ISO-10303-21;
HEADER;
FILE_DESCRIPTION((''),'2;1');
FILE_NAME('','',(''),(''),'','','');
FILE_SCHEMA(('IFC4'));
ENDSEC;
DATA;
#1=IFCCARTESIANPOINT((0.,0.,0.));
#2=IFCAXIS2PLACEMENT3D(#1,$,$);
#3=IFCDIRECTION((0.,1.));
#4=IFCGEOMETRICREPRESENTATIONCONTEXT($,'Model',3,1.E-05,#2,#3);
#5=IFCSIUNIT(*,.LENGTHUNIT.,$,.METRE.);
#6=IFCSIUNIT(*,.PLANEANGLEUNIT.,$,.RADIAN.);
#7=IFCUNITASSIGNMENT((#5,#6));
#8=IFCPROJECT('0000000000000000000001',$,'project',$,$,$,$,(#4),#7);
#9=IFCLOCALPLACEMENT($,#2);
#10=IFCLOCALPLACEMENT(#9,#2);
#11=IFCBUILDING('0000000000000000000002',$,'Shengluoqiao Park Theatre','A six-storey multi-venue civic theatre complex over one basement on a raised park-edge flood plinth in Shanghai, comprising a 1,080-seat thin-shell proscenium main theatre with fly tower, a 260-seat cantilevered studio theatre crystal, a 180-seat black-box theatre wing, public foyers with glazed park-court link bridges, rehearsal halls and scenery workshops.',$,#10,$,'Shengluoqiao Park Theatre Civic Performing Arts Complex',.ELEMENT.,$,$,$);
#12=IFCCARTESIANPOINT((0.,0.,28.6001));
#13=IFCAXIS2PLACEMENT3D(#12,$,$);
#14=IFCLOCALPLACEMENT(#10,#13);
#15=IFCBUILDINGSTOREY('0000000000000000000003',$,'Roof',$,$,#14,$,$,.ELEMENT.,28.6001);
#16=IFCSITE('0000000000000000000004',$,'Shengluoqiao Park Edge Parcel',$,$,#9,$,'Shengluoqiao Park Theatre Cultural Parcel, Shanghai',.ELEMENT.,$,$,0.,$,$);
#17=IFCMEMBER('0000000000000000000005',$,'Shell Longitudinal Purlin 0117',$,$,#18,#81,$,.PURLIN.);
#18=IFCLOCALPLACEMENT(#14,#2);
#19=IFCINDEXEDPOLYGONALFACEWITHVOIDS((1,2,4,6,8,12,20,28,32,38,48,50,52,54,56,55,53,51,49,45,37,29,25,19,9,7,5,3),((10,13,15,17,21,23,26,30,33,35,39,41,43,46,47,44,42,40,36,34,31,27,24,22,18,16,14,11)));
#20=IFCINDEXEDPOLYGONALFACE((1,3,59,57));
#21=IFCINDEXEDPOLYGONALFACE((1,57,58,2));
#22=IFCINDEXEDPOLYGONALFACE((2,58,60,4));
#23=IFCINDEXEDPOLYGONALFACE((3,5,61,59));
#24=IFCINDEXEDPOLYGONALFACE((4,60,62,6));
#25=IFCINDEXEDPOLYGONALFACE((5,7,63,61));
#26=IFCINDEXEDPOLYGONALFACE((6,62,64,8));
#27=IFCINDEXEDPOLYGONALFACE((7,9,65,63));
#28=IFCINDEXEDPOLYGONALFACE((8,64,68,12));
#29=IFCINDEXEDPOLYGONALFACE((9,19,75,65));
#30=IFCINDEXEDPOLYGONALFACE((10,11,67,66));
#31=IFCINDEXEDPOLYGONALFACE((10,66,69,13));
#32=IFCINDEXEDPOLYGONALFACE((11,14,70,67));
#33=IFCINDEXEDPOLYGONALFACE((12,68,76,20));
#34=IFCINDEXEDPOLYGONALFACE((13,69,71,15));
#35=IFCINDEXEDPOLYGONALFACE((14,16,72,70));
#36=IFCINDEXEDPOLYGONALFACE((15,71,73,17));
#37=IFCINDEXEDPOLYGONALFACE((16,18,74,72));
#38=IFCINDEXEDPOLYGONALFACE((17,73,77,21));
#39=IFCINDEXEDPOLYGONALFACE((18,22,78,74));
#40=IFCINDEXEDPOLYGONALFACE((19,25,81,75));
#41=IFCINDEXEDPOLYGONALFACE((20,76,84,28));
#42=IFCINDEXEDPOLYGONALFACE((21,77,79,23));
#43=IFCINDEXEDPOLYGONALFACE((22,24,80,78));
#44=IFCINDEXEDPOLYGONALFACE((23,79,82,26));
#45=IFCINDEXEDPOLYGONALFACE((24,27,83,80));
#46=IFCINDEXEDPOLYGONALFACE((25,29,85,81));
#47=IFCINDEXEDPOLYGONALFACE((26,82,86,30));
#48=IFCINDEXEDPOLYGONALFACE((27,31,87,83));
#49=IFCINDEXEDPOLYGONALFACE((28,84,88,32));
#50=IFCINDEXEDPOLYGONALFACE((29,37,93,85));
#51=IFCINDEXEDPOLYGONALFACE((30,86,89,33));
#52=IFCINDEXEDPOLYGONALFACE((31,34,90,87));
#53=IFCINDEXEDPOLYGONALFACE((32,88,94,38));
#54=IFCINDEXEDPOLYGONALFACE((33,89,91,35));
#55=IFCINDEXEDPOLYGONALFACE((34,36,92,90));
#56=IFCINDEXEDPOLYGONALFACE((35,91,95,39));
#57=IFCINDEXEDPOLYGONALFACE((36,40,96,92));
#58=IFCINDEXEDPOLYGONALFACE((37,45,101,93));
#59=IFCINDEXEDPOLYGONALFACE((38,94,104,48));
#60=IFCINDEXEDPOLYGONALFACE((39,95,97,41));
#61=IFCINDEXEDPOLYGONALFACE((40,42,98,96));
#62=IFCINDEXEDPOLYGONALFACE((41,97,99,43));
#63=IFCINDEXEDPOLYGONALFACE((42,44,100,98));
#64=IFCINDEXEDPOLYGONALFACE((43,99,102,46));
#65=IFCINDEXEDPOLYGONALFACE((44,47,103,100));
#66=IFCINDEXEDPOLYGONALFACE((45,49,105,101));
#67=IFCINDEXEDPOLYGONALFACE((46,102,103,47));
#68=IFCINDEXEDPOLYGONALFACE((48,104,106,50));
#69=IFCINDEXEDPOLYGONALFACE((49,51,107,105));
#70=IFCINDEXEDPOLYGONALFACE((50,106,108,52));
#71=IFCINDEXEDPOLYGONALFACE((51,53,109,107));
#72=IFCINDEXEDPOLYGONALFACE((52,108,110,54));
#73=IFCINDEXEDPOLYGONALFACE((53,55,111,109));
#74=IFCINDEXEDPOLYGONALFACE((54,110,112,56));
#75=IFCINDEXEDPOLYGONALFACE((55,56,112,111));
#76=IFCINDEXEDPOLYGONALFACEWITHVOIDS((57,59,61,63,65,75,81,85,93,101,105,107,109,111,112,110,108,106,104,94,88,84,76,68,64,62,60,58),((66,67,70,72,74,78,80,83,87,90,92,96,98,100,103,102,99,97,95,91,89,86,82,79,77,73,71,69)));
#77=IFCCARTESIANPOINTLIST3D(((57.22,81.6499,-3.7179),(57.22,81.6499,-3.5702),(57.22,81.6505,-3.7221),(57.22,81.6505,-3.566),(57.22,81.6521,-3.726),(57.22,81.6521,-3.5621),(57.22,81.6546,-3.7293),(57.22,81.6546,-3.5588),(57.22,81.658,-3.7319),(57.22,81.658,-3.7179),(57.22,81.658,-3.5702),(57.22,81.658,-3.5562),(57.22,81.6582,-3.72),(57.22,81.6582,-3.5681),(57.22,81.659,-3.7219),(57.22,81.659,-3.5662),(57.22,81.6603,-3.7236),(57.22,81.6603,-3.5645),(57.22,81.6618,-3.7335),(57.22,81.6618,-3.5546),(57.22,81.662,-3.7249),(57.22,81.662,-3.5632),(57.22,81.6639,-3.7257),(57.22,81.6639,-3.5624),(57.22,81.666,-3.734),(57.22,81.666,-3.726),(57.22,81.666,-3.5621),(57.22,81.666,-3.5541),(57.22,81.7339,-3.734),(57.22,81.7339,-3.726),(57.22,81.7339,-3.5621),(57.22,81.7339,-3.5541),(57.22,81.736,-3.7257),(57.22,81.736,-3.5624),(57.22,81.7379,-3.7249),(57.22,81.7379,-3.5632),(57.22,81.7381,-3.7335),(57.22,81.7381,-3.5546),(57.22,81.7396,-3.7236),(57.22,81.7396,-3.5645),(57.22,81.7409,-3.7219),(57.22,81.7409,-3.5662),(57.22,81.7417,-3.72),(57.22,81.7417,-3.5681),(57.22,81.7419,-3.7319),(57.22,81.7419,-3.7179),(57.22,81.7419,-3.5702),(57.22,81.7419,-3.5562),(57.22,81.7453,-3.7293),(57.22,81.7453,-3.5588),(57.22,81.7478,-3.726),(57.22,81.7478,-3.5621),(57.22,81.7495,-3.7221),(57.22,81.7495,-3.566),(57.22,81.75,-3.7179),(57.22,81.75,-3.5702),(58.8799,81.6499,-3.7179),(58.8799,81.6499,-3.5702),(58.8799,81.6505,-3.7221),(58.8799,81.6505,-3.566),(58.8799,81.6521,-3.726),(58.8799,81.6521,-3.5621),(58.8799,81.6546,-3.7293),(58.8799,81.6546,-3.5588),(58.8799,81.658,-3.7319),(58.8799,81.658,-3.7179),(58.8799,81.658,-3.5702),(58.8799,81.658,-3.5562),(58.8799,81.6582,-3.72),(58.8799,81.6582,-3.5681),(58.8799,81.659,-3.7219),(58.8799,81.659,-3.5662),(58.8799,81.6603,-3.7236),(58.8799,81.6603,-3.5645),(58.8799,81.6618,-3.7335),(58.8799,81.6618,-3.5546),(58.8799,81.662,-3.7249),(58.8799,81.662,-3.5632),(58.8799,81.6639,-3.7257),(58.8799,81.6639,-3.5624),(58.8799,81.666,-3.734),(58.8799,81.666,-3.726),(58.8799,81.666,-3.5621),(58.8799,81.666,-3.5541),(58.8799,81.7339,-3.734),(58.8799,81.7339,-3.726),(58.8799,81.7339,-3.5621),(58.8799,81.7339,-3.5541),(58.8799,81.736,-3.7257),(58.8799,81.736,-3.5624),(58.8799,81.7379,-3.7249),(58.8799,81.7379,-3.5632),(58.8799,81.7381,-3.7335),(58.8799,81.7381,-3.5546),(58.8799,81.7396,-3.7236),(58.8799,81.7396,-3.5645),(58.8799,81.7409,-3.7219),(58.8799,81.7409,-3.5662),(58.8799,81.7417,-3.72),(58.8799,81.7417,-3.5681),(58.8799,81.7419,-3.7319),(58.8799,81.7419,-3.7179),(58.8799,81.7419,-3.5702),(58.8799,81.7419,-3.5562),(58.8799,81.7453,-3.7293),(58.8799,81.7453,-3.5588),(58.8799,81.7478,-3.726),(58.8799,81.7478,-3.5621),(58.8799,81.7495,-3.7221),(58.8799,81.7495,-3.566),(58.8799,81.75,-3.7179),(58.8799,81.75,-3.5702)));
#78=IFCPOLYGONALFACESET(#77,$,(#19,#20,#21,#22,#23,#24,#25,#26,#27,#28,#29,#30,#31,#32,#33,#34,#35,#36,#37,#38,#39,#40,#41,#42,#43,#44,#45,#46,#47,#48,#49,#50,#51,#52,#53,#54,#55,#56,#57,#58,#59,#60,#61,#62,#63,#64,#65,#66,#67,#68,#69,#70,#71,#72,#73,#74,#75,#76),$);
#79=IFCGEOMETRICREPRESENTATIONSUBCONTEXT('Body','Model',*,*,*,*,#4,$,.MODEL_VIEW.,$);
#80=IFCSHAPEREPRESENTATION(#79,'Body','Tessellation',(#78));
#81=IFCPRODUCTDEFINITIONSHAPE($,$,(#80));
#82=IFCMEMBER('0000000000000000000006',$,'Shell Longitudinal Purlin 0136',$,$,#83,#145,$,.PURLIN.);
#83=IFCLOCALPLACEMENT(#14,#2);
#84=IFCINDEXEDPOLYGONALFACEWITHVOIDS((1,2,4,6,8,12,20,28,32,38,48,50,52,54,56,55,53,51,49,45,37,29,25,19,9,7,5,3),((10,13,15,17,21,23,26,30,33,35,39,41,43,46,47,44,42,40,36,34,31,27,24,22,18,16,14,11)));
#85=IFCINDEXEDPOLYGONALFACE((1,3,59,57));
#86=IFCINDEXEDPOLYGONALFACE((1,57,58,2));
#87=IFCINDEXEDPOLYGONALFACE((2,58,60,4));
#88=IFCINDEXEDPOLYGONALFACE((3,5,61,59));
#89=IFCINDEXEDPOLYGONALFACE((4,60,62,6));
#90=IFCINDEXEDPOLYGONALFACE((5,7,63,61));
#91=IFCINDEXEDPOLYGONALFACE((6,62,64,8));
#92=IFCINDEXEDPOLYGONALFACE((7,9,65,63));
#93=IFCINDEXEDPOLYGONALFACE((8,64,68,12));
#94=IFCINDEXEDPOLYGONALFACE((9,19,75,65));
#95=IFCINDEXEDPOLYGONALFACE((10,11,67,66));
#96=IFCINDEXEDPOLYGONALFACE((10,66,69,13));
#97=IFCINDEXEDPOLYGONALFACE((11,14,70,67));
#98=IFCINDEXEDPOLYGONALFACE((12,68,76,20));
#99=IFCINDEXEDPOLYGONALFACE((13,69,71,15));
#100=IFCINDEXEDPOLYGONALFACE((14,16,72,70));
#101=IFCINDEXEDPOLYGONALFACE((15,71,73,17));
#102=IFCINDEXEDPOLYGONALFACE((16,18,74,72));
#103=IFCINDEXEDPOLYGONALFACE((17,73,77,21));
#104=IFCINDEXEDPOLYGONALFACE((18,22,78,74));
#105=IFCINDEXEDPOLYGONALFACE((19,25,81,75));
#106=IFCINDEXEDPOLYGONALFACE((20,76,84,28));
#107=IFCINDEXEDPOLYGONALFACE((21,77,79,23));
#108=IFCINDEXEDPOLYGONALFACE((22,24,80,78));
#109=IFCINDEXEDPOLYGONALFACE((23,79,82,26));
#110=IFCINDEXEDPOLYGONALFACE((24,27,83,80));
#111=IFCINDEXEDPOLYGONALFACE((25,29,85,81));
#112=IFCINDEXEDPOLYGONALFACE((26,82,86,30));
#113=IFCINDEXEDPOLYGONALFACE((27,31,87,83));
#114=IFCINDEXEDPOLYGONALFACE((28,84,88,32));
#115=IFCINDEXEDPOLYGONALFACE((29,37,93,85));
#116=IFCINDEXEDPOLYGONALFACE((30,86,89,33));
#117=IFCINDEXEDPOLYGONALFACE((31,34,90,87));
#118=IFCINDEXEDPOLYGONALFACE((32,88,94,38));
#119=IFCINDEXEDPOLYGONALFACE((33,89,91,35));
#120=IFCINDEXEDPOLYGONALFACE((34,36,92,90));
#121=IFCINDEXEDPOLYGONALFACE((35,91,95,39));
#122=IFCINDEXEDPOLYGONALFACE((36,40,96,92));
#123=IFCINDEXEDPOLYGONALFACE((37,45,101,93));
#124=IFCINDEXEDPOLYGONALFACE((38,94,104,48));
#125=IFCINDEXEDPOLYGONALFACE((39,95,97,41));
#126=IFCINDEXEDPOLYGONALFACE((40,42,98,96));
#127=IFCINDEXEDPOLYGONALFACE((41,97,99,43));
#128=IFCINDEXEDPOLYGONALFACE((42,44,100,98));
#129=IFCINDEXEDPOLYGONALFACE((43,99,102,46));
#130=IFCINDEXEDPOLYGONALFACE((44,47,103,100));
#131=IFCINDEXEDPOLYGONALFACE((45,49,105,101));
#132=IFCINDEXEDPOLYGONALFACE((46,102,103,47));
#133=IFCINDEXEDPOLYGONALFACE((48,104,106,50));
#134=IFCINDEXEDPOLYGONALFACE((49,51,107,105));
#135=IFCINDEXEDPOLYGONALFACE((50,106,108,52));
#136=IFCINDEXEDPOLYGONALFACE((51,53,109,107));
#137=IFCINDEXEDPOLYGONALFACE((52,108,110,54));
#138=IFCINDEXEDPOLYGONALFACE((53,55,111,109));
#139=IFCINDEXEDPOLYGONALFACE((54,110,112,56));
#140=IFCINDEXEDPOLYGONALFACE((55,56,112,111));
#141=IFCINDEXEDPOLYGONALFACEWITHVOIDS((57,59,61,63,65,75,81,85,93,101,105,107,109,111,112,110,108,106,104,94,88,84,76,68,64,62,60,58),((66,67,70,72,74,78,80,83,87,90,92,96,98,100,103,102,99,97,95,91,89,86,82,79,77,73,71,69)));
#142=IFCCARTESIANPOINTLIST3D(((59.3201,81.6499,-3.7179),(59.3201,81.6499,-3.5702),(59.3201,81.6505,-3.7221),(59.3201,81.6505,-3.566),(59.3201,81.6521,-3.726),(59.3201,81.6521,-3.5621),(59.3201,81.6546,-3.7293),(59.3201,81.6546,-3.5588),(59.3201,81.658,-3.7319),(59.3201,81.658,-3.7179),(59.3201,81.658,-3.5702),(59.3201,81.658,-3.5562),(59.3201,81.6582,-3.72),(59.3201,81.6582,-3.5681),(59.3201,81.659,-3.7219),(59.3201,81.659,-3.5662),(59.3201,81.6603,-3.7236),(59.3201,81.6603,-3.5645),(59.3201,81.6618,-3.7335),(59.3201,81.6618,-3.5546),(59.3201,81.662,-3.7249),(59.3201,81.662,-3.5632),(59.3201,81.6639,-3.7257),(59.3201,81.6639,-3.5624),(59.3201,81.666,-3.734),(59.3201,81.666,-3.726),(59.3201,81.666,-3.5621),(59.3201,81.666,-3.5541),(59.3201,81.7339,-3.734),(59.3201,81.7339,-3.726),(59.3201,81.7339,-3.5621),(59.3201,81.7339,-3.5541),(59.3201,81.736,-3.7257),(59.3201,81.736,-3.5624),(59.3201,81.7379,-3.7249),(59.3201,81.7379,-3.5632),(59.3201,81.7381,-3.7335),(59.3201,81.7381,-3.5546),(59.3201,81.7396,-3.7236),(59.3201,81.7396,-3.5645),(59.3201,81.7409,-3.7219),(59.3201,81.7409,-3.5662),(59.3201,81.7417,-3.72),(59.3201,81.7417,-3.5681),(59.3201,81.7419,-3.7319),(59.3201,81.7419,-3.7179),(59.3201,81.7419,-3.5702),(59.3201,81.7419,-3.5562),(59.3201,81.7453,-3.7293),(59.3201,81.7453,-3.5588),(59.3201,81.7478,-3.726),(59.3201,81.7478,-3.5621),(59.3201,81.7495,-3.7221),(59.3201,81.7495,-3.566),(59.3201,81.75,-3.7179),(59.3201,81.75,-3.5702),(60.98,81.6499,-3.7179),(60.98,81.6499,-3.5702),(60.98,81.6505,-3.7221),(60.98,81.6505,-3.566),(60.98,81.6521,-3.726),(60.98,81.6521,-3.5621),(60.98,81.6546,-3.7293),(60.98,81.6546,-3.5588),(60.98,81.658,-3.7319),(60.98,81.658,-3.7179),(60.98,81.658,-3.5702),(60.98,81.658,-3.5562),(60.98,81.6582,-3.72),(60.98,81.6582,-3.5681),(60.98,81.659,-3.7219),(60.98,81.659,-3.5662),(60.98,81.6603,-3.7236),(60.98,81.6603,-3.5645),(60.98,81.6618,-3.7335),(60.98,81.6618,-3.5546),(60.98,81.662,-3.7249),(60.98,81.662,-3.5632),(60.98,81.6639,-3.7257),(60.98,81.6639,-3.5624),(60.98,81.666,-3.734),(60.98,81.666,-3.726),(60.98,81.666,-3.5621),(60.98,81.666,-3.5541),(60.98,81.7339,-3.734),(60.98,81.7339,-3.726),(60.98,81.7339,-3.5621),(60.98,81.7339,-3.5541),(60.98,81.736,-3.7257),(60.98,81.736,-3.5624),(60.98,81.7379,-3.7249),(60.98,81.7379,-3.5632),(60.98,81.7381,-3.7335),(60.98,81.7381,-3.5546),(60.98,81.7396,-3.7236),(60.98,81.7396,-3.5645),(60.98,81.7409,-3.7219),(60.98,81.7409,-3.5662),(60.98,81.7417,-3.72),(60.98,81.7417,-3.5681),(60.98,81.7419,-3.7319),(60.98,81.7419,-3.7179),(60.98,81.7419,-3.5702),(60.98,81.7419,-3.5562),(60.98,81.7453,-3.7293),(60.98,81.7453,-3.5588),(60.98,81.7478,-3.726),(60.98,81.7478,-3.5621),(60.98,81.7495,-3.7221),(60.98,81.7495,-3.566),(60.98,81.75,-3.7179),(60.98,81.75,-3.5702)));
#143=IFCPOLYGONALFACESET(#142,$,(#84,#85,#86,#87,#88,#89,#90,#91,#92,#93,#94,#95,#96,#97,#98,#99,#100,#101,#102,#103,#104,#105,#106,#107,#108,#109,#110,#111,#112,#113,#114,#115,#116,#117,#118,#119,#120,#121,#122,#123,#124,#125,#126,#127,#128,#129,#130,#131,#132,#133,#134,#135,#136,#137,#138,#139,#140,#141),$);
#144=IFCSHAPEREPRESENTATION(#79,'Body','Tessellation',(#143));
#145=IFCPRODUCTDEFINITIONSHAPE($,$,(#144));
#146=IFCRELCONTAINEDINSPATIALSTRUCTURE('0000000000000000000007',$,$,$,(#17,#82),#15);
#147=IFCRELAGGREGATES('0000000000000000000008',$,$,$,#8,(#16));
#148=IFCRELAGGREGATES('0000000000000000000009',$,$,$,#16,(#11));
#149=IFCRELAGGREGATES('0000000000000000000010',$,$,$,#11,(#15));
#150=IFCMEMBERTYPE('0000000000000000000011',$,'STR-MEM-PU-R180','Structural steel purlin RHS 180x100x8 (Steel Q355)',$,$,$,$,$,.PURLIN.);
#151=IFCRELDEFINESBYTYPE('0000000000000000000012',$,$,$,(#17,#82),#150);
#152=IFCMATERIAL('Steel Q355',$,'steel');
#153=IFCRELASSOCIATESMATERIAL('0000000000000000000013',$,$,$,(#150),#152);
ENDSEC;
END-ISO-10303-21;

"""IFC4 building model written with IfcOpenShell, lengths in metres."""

from ifc_helpers import new_model, si_unit, direction, frame, origin, origin_2d, place, context, subcontext, project, spatial, hollow_rectangle, extrude, material, material_profile, profile_set, type_object, element, save


model = new_model("IFC4")

# Units and contexts
model_context = context("Model", 3, precision=1e-05, world=origin(), true_north=direction((0.0, 1.0)))
body_context = subcontext(model_context, "Body", "Model", "MODEL_VIEW")
ifc_project = project(units=[si_unit("LENGTHUNIT", "METRE"), si_unit("PLANEANGLEUNIT", "RADIAN")], contexts=[model_context])

# Site, building, storey
site_placement = place(None, origin())
site = spatial("IfcSite", under=ifc_project, at=site_placement, Name="Shengluoqiao Park Edge Parcel", LongName="Shengluoqiao Park Theatre Cultural Parcel, Shanghai", CompositionType="ELEMENT", RefElevation=0.0)
building_placement = place(site_placement, origin())
building = spatial("IfcBuilding", under=site, at=building_placement, Name="Shengluoqiao Park Theatre", Description="A six-storey multi-venue civic theatre complex over one basement on a raised park-edge flood plinth in Shanghai, comprising a 1,080-seat thin-shell proscenium main theatre with fly tower, a 260-seat cantilevered studio theatre crystal, a 180-seat black-box theatre wing, public foyers with glazed park-court link bridges, rehearsal halls and scenery workshops.", LongName="Shengluoqiao Park Theatre Civic Performing Arts Complex", CompositionType="ELEMENT")
storey_placement = place(building_placement, frame((0.0, 0.0, 28.6001)))
storey = spatial("IfcBuildingStorey", under=building, at=storey_placement, Name="Roof", CompositionType="ELEMENT", Elevation=28.6001)

# Shared definitions
ifc_material_1 = material(Name="Steel Q355", Category="steel")

# Members
ifc_material_profile_1 = material_profile(ifc_material_1, hollow_rectangle(XDim=0.1001, YDim=0.1799, WallThickness=0.0081, InnerFilletRadius=0.0081, OuterFilletRadius=0.0161, at=origin_2d()), Name="RHS 180x100x8")
ifc_profile_set_1 = profile_set([ifc_material_profile_1], Name="Steel Q355")
member_type_1 = type_object("IfcMemberType", Name="STR-MEM-PU-R180", Description="Structural steel purlin RHS 180x100x8 (Steel Q355)", PredefinedType="PURLIN", material=ifc_profile_set_1)
for number, where, z_axis, x_axis, name in (
    (1, (57.22, 81.7, -3.644), (1.0, 0.0, 0.0), (0.0, 1.0, 0.0), "Shell Longitudinal Purlin 0117"),
    (2, (59.3201, 81.7, -3.644), (1.0, 0.0, 0.0), (0.0, 1.0, 0.0), "Shell Longitudinal Purlin 0136"),
):
    element("IfcMember", number, at=place(storey_placement, frame(where, z_axis=z_axis, x_axis=x_axis)), inside=storey, type_object=member_type_1, Name=name, PredefinedType="PURLIN", context=body_context, shape_type="SweptSolid", body=[
        extrude(hollow_rectangle(XDim=0.1001, YDim=0.1799, WallThickness=0.0081, InnerFilletRadius=0.0081, OuterFilletRadius=0.0161, at=origin_2d()), origin(), (0.0, 0.0, 1.0), 1.6599),
    ])

save(model, "model.ifc")
